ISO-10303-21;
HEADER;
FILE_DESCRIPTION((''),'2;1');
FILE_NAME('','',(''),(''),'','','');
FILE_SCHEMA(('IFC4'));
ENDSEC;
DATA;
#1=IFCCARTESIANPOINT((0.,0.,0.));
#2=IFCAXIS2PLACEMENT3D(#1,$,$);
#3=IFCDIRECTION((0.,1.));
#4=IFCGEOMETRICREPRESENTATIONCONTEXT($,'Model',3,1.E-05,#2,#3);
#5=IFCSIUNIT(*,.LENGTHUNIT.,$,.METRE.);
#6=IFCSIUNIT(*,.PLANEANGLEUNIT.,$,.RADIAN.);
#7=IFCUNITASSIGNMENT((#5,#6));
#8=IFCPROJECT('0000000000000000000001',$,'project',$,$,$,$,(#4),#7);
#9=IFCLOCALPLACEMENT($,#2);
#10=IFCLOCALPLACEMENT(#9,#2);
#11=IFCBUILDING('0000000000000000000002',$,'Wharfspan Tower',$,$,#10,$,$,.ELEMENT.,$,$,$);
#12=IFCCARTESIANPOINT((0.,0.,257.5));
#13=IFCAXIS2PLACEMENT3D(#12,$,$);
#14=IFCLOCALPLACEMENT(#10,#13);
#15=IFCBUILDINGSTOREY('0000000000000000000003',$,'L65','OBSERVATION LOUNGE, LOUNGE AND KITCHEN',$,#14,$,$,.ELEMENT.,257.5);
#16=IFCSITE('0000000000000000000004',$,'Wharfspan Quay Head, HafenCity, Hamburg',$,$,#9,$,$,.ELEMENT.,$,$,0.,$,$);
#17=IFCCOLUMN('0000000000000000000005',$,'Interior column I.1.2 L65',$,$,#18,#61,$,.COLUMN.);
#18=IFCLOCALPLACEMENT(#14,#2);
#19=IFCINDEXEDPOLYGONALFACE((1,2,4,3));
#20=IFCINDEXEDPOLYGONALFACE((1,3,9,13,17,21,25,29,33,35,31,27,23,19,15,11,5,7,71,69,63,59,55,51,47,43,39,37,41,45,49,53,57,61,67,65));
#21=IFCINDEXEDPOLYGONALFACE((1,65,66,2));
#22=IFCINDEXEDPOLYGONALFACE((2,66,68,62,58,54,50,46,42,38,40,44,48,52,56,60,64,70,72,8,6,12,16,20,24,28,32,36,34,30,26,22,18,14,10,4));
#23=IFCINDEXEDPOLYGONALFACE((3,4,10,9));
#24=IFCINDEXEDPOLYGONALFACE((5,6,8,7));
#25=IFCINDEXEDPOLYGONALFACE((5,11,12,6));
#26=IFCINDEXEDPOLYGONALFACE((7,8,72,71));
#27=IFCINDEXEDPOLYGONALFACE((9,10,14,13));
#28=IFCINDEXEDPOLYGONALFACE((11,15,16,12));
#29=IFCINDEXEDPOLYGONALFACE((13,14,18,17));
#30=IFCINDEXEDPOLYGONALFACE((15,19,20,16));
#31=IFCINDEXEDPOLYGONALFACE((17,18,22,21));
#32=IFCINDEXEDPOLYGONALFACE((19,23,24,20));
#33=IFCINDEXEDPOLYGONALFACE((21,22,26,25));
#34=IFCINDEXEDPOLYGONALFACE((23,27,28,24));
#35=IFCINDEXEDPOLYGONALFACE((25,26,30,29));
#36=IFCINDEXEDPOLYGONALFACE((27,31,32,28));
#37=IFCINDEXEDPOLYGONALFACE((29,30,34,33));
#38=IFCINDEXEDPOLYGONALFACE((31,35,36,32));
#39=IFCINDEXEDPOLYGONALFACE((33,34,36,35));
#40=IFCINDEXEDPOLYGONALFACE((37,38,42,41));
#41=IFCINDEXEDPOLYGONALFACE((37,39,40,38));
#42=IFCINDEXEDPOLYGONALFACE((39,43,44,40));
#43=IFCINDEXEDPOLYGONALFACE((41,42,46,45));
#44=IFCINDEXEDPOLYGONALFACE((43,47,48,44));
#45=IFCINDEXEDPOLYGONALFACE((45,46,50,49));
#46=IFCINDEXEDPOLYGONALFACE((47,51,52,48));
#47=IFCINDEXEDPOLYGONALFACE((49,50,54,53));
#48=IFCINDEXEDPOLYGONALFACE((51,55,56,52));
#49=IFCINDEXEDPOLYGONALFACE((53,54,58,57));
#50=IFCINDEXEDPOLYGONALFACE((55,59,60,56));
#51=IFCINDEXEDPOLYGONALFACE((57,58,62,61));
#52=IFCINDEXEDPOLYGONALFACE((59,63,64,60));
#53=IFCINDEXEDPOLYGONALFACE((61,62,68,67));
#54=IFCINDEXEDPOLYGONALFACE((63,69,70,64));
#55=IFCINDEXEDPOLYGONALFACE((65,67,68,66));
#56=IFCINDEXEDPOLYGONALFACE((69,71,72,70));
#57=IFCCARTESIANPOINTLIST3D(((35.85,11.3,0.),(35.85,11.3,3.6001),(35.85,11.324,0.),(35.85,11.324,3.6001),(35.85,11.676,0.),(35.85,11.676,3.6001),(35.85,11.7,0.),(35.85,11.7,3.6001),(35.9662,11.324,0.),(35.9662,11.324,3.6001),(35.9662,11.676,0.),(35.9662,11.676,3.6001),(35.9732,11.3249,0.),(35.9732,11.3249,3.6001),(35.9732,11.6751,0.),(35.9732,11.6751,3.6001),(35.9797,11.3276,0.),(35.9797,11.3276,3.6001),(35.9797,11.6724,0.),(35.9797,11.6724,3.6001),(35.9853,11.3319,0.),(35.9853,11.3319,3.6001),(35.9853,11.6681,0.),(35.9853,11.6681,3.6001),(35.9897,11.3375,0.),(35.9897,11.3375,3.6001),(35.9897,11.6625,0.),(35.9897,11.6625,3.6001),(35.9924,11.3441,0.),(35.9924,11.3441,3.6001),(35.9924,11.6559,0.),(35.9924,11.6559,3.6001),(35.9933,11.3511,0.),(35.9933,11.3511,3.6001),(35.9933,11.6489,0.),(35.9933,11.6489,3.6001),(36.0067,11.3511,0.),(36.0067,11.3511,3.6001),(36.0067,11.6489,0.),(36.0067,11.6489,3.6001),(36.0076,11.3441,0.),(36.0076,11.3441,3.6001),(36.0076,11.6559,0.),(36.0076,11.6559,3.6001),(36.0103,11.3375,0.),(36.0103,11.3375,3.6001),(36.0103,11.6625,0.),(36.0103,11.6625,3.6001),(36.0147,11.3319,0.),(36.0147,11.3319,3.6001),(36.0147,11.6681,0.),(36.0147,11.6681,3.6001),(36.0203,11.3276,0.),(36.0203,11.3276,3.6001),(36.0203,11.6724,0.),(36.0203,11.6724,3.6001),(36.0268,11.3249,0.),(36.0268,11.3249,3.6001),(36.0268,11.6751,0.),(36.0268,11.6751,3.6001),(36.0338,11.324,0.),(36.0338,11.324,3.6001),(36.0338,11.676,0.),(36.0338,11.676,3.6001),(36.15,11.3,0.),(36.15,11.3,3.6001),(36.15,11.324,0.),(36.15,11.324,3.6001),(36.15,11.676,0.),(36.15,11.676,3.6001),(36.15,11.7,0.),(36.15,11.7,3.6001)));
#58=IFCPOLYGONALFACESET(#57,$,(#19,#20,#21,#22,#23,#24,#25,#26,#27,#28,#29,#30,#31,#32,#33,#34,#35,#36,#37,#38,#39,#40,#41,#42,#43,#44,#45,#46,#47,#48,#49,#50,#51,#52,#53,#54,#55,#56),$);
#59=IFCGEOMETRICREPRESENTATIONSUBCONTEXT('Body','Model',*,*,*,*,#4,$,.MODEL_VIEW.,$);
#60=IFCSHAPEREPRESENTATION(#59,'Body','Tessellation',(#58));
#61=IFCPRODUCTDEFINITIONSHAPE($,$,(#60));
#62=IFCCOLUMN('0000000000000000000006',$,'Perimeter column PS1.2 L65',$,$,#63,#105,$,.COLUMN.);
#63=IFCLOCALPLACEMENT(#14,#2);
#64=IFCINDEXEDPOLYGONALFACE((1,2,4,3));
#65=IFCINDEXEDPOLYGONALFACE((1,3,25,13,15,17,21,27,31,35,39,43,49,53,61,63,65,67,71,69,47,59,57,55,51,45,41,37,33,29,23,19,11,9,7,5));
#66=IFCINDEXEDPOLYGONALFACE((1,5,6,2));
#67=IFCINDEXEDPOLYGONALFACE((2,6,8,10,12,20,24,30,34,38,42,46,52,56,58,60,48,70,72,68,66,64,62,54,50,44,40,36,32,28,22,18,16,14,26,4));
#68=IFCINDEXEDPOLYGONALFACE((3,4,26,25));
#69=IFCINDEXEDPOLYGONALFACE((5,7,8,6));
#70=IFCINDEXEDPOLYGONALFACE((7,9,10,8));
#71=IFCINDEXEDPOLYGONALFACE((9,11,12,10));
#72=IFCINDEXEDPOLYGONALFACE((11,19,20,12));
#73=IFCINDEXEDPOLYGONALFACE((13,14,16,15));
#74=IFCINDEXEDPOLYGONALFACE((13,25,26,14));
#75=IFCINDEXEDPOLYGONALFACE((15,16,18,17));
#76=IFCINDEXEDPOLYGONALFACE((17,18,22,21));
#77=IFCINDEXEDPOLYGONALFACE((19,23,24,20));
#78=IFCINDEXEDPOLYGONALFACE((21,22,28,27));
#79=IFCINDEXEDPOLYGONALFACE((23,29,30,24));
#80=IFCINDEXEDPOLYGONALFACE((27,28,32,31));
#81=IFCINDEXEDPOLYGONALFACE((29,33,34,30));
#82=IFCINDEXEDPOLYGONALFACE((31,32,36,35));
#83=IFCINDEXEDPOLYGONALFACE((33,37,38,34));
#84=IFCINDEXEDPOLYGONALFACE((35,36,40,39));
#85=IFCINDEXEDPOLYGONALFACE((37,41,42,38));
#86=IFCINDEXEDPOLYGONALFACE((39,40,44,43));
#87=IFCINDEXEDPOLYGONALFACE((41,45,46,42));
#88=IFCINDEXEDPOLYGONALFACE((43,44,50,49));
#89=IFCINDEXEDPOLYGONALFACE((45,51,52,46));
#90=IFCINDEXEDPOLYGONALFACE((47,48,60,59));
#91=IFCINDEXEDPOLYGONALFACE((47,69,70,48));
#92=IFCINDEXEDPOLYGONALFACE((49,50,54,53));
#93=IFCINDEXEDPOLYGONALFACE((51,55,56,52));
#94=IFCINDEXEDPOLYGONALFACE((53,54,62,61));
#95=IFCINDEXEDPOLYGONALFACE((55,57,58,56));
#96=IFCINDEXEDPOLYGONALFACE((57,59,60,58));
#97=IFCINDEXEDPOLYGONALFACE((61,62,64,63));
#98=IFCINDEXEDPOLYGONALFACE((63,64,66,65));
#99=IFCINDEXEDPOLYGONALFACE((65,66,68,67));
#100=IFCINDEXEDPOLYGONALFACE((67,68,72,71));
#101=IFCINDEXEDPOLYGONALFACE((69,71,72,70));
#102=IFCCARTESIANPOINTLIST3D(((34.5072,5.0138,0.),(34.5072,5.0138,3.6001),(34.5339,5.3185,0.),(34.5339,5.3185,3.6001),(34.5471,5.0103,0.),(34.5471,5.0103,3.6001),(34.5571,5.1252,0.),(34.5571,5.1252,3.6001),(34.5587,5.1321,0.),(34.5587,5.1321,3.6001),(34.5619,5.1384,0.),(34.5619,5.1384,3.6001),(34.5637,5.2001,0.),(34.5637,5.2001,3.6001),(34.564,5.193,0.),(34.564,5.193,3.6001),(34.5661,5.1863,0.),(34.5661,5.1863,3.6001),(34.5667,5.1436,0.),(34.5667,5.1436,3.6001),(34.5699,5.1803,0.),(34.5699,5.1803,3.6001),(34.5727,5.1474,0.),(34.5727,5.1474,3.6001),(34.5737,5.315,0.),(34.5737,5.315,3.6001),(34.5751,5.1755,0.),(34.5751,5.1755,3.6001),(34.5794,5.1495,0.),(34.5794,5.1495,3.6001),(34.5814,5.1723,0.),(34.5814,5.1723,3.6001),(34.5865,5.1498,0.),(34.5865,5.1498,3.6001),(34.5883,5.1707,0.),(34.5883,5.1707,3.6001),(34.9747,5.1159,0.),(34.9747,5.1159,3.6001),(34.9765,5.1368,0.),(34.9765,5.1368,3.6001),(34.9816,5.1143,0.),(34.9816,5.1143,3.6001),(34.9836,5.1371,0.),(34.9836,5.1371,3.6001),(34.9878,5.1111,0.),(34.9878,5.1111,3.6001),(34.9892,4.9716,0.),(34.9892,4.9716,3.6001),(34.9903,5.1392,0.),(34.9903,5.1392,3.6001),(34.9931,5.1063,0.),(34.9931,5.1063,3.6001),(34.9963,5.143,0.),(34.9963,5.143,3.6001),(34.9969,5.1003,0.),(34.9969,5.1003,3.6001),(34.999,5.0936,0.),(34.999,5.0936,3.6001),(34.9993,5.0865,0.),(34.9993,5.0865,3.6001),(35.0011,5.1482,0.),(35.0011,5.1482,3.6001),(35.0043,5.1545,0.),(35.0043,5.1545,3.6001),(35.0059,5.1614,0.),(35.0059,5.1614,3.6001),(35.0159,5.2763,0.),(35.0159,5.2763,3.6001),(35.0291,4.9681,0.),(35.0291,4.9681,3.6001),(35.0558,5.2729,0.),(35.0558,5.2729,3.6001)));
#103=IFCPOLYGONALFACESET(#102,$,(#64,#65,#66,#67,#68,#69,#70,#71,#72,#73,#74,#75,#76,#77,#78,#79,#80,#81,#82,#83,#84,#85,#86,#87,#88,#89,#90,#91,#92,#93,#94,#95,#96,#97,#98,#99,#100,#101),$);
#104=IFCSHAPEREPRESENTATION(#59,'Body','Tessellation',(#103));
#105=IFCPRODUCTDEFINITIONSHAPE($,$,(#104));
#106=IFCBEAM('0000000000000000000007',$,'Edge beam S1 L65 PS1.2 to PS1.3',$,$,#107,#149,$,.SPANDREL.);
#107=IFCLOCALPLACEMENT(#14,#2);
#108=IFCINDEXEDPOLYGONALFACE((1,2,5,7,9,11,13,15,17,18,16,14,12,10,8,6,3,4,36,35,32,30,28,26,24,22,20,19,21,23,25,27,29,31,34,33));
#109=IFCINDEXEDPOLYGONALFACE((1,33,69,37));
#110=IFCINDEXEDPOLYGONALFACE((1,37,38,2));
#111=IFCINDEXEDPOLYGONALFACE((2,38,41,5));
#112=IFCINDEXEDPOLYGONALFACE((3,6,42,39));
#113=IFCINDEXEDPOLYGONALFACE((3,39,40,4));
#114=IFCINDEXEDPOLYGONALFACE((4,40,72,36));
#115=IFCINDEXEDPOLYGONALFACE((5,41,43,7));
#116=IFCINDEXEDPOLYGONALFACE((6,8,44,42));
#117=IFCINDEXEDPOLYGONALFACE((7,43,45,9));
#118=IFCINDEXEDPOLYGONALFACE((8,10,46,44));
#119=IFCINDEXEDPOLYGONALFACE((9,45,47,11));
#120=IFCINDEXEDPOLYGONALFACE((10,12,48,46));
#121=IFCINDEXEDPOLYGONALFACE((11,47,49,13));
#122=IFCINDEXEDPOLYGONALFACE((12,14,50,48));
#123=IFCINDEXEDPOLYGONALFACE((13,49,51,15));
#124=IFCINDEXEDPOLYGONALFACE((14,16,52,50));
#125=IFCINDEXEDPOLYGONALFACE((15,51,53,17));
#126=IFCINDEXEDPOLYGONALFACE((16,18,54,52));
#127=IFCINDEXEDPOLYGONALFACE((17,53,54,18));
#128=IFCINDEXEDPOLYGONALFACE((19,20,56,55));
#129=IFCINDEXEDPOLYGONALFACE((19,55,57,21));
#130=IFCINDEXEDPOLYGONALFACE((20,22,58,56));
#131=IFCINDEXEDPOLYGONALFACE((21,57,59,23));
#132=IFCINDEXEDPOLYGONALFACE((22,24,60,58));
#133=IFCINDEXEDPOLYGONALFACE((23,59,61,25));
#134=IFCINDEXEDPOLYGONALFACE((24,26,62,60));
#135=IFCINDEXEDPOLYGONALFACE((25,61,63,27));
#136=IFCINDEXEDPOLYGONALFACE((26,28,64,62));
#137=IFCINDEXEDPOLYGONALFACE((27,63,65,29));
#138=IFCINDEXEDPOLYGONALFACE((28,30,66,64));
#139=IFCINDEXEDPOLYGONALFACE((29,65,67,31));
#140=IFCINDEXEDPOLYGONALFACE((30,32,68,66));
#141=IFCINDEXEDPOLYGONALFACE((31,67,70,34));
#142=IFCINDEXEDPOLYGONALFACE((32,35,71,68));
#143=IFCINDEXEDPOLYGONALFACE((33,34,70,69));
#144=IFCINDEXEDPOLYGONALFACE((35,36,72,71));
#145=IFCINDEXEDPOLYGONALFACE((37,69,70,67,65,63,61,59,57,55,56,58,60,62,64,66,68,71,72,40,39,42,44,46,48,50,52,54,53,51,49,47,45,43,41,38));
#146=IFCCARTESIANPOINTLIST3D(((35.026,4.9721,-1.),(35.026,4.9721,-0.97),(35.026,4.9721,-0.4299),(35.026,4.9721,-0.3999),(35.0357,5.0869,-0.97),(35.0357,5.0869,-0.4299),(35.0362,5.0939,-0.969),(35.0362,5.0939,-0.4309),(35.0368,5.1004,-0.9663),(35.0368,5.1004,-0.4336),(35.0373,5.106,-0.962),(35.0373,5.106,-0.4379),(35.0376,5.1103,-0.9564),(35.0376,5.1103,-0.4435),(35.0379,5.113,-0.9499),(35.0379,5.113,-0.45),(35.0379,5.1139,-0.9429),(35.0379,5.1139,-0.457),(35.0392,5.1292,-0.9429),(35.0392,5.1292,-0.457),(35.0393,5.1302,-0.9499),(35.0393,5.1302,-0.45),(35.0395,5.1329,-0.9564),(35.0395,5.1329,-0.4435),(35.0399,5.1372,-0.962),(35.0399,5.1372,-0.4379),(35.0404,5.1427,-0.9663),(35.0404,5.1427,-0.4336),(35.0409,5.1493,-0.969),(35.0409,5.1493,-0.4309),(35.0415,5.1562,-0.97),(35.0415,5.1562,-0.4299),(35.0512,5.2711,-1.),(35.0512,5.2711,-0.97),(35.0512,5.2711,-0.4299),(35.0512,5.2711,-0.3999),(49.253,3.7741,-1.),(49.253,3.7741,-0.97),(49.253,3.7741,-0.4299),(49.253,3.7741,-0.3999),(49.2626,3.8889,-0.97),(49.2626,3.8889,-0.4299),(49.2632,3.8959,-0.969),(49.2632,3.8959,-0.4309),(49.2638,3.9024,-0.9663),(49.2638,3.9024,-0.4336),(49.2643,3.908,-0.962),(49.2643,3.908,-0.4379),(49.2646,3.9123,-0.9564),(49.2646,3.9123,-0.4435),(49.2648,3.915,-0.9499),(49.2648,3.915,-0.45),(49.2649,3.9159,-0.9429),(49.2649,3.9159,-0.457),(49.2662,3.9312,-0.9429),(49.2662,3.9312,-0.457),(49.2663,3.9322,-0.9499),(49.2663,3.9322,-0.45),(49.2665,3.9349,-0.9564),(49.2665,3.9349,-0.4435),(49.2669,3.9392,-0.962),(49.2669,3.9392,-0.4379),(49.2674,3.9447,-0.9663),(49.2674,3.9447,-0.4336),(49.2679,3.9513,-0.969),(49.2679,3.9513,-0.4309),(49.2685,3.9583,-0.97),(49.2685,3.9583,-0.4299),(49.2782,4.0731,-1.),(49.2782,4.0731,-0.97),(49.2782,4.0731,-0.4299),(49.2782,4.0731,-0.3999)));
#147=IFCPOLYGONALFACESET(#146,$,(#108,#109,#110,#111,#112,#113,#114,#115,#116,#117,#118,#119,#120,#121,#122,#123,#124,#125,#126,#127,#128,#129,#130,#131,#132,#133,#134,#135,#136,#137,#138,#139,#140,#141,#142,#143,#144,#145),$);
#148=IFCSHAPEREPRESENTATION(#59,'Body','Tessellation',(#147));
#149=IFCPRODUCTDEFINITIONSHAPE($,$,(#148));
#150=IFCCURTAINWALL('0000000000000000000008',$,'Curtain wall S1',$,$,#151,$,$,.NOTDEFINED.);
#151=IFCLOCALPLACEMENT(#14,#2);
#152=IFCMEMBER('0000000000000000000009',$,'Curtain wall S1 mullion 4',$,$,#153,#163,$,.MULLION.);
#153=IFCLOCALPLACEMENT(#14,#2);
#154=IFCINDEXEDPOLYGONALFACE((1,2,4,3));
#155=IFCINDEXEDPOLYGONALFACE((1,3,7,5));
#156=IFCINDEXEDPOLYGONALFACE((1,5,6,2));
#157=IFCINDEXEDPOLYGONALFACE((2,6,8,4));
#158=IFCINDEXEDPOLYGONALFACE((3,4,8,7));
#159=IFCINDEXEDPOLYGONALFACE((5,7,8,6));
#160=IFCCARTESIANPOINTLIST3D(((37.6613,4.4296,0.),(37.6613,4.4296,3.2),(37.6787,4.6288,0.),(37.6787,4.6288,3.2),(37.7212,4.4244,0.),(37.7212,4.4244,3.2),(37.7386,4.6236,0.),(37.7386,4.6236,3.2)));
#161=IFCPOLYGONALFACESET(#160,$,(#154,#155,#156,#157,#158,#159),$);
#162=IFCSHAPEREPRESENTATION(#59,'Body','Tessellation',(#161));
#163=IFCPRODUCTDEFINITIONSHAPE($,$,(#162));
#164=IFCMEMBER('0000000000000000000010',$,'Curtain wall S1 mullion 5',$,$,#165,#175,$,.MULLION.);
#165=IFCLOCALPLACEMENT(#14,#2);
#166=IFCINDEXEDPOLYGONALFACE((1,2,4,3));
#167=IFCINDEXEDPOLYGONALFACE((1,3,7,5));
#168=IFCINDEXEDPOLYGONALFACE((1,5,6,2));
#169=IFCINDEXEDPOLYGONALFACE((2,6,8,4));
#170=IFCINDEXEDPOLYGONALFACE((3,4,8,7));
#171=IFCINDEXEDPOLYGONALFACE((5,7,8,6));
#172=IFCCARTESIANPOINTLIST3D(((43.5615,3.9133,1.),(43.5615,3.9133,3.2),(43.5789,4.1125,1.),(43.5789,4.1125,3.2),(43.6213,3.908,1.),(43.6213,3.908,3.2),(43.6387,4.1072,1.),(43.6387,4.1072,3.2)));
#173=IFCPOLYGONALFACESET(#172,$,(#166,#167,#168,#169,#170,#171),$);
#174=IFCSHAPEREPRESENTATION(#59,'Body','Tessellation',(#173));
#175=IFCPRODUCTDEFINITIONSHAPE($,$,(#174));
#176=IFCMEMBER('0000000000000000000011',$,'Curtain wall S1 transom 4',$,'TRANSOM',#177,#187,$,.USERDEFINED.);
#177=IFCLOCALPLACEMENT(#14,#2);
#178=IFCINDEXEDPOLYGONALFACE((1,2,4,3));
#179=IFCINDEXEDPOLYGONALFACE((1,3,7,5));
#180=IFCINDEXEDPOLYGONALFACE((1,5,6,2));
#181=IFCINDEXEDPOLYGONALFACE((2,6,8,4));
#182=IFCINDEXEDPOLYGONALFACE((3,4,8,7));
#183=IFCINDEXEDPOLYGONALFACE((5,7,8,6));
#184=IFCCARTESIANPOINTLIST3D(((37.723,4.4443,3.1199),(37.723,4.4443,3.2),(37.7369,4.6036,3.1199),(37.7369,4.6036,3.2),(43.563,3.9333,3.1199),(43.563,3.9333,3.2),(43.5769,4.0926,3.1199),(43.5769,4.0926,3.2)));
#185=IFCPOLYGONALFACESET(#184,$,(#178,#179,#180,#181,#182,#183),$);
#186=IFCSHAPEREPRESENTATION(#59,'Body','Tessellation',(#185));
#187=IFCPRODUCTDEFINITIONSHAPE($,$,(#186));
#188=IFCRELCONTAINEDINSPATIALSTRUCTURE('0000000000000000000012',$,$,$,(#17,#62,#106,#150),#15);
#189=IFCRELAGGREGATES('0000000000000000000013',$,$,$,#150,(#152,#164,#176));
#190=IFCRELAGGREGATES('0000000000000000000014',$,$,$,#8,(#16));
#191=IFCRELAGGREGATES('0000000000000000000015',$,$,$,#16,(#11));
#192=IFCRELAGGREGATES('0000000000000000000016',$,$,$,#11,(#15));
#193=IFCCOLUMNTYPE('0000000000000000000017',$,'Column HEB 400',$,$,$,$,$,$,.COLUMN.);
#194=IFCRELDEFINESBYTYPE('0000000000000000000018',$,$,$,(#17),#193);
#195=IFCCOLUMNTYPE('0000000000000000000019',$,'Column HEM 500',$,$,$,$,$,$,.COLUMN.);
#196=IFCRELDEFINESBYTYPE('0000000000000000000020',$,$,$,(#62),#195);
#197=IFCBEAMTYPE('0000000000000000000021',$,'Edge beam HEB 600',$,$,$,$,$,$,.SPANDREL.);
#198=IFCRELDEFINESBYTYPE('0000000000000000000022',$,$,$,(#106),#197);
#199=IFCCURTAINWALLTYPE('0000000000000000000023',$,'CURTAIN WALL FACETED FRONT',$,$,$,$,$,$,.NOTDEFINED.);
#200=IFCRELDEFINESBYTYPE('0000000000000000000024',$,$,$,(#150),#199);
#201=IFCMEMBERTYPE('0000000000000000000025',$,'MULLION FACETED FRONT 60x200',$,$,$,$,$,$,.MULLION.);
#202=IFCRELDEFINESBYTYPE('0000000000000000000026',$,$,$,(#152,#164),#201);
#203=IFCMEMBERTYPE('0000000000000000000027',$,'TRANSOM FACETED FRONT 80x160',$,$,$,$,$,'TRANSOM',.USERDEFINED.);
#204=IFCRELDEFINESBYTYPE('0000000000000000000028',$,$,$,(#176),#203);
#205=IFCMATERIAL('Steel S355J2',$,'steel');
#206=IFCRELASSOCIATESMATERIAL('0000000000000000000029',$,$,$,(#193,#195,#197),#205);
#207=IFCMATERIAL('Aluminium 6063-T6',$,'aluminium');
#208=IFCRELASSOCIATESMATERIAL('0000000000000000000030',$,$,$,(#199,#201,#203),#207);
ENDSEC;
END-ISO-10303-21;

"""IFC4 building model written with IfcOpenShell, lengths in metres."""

from ifc_helpers import new_model, si_unit, direction, frame, origin, origin_2d, place, context, subcontext, project, spatial, rectangle, i_section, extrude, material, material_profile, profile_set, type_object, element, aggregate, save


model = new_model("IFC4")

# Units and contexts
model_context = context("Model", 3, precision=1e-05, world=origin(), true_north=direction((0.0, 1.0)))
body_context = subcontext(model_context, "Body", "Model", "MODEL_VIEW")
ifc_project = project(units=[si_unit("LENGTHUNIT", "METRE"), si_unit("PLANEANGLEUNIT", "RADIAN")], contexts=[model_context])

# Site, building, storey
site_placement = place(None, origin())
site = spatial("IfcSite", under=ifc_project, at=site_placement, Name="Wharfspan Quay Head, HafenCity, Hamburg", CompositionType="ELEMENT", RefElevation=0.0)
building_placement = place(site_placement, origin())
building = spatial("IfcBuilding", under=site, at=building_placement, Name="Wharfspan Tower", CompositionType="ELEMENT")
storey_placement = place(building_placement, frame((0.0, 0.0, 257.5)))
storey = spatial("IfcBuildingStorey", under=building, at=storey_placement, Name="L65", Description="OBSERVATION LOUNGE, LOUNGE AND KITCHEN", CompositionType="ELEMENT", Elevation=257.5)

# Columns
ifc_material_1 = material(Name="Steel S355J2", Category="steel")
ifc_material_profile_1 = material_profile(ifc_material_1, i_section(OverallWidth=0.3, OverallDepth=0.3999, WebThickness=0.0134, FlangeThickness=0.0239, FilletRadius=0.0271, at=origin_2d()))
ifc_profile_set_1 = profile_set([ifc_material_profile_1], Name="Steel S355J2")
column_type_1 = type_object("IfcColumnType", Name="Column HEB 400", PredefinedType="COLUMN", material=ifc_profile_set_1)
column_1_placement = place(storey_placement, frame((36.0, 11.5, 0.0), z_axis=(0.0, 0.0, 1.0), x_axis=(1.0, 0.0, 0.0)))
element("IfcColumn", 1, at=column_1_placement, inside=storey, type_object=column_type_1, Name="Interior column I.1.2 L65", PredefinedType="COLUMN", context=body_context, shape_type="SweptSolid", body=[
    extrude(i_section(OverallWidth=0.3, OverallDepth=0.3999, WebThickness=0.0134, FlangeThickness=0.0239, FilletRadius=0.0271, at=origin_2d()), origin(), (0.0, 0.0, 1.0), 3.6001),
])
ifc_material_profile_2 = material_profile(ifc_material_1, i_section(OverallWidth=0.3059, OverallDepth=0.5239, WebThickness=0.021, FlangeThickness=0.04, FilletRadius=0.0271, at=origin_2d()))
ifc_profile_set_2 = profile_set([ifc_material_profile_2], Name="Steel S355J2")
column_type_2 = type_object("IfcColumnType", Name="Column HEM 500", PredefinedType="COLUMN", material=ifc_profile_set_2)
column_2_placement = place(storey_placement, frame((34.7815, 5.1433, 0.0), z_axis=(0.0, 0.0, 1.0), x_axis=(-0.087156, -0.996197, 0.0)))
element("IfcColumn", 2, at=column_2_placement, inside=storey, type_object=column_type_2, Name="Perimeter column PS1.2 L65", PredefinedType="COLUMN", context=body_context, shape_type="SweptSolid", body=[
    extrude(i_section(OverallWidth=0.3059, OverallDepth=0.5239, WebThickness=0.021, FlangeThickness=0.04, FilletRadius=0.0271, at=origin_2d()), origin(), (0.0, 0.0, 1.0), 3.6001),
])

# Beam
ifc_material_profile_3 = material_profile(ifc_material_1, i_section(OverallWidth=0.3, OverallDepth=0.6001, WebThickness=0.0154, FlangeThickness=0.03, FilletRadius=0.0271, at=origin_2d()))
ifc_profile_set_3 = profile_set([ifc_material_profile_3], Name="Steel S355J2")
beam_type = type_object("IfcBeamType", Name="Edge beam HEB 600", PredefinedType="SPANDREL", material=ifc_profile_set_3)
beam_placement = place(storey_placement, frame((35.0386, 5.1216, -0.7), z_axis=(0.996473, -0.083909, 0.0), x_axis=(0.083909, 0.996473, 0.0)))
element("IfcBeam", 3, at=beam_placement, inside=storey, type_object=beam_type, Name="Edge beam S1 L65 PS1.2 to PS1.3", PredefinedType="SPANDREL", context=body_context, shape_type="SweptSolid", body=[
    extrude(i_section(OverallWidth=0.3, OverallDepth=0.6001, WebThickness=0.0154, FlangeThickness=0.03, FilletRadius=0.0271, at=origin_2d()), origin(), (0.0, 0.0, 1.0), 14.2773),
])

# Curtain wall, members
ifc_material_2 = material(Name="Aluminium 6063-T6", Category="aluminium")
curtain_wall_type = type_object("IfcCurtainWallType", Name="CURTAIN WALL FACETED FRONT", PredefinedType="NOTDEFINED", material=ifc_material_2)
curtain_wall_placement = place(storey_placement, origin())
curtain_wall = element("IfcCurtainWall", 4, at=curtain_wall_placement, inside=storey, type_object=curtain_wall_type, Name="Curtain wall S1", PredefinedType="NOTDEFINED")
ifc_material_profile_4 = material_profile(ifc_material_2, rectangle(XDim=0.2, YDim=0.0601, at=origin_2d()))
ifc_profile_set_4 = profile_set([ifc_material_profile_4], Name="Aluminium 6063-T6")
member_type_1 = type_object("IfcMemberType", Name="MULLION FACETED FRONT 60x200", PredefinedType="MULLION", material=ifc_profile_set_4)
member_1_placement = place(storey_placement, frame((37.7, 4.5266, 0.0), z_axis=(0.0, 0.0, 1.0), x_axis=(0.087156, 0.996197, 0.0)))
member_1 = element("IfcMember", 5, at=member_1_placement, type_object=member_type_1, Name="Curtain wall S1 mullion 4", PredefinedType="MULLION", context=body_context, shape_type="SweptSolid", body=[
    extrude(rectangle(XDim=0.2, YDim=0.0601, at=origin_2d()), origin(), (0.0, 0.0, 1.0), 3.2),
])
member_2_placement = place(storey_placement, frame((43.6001, 4.0103, 1.0), z_axis=(0.0, 0.0, 1.0), x_axis=(0.087156, 0.996197, 0.0)))
member_2 = element("IfcMember", 6, at=member_2_placement, type_object=member_type_1, Name="Curtain wall S1 mullion 5", PredefinedType="MULLION", context=body_context, shape_type="SweptSolid", body=[
    extrude(rectangle(XDim=0.2, YDim=0.0601, at=origin_2d()), origin(), (0.0, 0.0, 1.0), 2.2),
])
ifc_material_profile_5 = material_profile(ifc_material_2, rectangle(XDim=0.1599, YDim=0.0801, at=origin_2d()))
ifc_profile_set_5 = profile_set([ifc_material_profile_5], Name="Aluminium 6063-T6")
member_type_2 = type_object("IfcMemberType", Name="TRANSOM FACETED FRONT 80x160", ElementType="TRANSOM", PredefinedType="USERDEFINED", material=ifc_profile_set_5)
member_3_placement = place(storey_placement, frame((37.73, 4.5239, 3.1599), z_axis=(0.996194, -0.087163, 0.0), x_axis=(0.087163, 0.996194, 0.0)))
member_3 = element("IfcMember", 7, at=member_3_placement, type_object=member_type_2, Name="Curtain wall S1 transom 4", ObjectType="TRANSOM", PredefinedType="USERDEFINED", context=body_context, shape_type="SweptSolid", body=[
    extrude(rectangle(XDim=0.1599, YDim=0.0801, at=origin_2d()), origin(), (0.0, 0.0, 1.0), 5.8623),
])
aggregate(curtain_wall, [member_1, member_2, member_3])

save(model, "model.ifc")
